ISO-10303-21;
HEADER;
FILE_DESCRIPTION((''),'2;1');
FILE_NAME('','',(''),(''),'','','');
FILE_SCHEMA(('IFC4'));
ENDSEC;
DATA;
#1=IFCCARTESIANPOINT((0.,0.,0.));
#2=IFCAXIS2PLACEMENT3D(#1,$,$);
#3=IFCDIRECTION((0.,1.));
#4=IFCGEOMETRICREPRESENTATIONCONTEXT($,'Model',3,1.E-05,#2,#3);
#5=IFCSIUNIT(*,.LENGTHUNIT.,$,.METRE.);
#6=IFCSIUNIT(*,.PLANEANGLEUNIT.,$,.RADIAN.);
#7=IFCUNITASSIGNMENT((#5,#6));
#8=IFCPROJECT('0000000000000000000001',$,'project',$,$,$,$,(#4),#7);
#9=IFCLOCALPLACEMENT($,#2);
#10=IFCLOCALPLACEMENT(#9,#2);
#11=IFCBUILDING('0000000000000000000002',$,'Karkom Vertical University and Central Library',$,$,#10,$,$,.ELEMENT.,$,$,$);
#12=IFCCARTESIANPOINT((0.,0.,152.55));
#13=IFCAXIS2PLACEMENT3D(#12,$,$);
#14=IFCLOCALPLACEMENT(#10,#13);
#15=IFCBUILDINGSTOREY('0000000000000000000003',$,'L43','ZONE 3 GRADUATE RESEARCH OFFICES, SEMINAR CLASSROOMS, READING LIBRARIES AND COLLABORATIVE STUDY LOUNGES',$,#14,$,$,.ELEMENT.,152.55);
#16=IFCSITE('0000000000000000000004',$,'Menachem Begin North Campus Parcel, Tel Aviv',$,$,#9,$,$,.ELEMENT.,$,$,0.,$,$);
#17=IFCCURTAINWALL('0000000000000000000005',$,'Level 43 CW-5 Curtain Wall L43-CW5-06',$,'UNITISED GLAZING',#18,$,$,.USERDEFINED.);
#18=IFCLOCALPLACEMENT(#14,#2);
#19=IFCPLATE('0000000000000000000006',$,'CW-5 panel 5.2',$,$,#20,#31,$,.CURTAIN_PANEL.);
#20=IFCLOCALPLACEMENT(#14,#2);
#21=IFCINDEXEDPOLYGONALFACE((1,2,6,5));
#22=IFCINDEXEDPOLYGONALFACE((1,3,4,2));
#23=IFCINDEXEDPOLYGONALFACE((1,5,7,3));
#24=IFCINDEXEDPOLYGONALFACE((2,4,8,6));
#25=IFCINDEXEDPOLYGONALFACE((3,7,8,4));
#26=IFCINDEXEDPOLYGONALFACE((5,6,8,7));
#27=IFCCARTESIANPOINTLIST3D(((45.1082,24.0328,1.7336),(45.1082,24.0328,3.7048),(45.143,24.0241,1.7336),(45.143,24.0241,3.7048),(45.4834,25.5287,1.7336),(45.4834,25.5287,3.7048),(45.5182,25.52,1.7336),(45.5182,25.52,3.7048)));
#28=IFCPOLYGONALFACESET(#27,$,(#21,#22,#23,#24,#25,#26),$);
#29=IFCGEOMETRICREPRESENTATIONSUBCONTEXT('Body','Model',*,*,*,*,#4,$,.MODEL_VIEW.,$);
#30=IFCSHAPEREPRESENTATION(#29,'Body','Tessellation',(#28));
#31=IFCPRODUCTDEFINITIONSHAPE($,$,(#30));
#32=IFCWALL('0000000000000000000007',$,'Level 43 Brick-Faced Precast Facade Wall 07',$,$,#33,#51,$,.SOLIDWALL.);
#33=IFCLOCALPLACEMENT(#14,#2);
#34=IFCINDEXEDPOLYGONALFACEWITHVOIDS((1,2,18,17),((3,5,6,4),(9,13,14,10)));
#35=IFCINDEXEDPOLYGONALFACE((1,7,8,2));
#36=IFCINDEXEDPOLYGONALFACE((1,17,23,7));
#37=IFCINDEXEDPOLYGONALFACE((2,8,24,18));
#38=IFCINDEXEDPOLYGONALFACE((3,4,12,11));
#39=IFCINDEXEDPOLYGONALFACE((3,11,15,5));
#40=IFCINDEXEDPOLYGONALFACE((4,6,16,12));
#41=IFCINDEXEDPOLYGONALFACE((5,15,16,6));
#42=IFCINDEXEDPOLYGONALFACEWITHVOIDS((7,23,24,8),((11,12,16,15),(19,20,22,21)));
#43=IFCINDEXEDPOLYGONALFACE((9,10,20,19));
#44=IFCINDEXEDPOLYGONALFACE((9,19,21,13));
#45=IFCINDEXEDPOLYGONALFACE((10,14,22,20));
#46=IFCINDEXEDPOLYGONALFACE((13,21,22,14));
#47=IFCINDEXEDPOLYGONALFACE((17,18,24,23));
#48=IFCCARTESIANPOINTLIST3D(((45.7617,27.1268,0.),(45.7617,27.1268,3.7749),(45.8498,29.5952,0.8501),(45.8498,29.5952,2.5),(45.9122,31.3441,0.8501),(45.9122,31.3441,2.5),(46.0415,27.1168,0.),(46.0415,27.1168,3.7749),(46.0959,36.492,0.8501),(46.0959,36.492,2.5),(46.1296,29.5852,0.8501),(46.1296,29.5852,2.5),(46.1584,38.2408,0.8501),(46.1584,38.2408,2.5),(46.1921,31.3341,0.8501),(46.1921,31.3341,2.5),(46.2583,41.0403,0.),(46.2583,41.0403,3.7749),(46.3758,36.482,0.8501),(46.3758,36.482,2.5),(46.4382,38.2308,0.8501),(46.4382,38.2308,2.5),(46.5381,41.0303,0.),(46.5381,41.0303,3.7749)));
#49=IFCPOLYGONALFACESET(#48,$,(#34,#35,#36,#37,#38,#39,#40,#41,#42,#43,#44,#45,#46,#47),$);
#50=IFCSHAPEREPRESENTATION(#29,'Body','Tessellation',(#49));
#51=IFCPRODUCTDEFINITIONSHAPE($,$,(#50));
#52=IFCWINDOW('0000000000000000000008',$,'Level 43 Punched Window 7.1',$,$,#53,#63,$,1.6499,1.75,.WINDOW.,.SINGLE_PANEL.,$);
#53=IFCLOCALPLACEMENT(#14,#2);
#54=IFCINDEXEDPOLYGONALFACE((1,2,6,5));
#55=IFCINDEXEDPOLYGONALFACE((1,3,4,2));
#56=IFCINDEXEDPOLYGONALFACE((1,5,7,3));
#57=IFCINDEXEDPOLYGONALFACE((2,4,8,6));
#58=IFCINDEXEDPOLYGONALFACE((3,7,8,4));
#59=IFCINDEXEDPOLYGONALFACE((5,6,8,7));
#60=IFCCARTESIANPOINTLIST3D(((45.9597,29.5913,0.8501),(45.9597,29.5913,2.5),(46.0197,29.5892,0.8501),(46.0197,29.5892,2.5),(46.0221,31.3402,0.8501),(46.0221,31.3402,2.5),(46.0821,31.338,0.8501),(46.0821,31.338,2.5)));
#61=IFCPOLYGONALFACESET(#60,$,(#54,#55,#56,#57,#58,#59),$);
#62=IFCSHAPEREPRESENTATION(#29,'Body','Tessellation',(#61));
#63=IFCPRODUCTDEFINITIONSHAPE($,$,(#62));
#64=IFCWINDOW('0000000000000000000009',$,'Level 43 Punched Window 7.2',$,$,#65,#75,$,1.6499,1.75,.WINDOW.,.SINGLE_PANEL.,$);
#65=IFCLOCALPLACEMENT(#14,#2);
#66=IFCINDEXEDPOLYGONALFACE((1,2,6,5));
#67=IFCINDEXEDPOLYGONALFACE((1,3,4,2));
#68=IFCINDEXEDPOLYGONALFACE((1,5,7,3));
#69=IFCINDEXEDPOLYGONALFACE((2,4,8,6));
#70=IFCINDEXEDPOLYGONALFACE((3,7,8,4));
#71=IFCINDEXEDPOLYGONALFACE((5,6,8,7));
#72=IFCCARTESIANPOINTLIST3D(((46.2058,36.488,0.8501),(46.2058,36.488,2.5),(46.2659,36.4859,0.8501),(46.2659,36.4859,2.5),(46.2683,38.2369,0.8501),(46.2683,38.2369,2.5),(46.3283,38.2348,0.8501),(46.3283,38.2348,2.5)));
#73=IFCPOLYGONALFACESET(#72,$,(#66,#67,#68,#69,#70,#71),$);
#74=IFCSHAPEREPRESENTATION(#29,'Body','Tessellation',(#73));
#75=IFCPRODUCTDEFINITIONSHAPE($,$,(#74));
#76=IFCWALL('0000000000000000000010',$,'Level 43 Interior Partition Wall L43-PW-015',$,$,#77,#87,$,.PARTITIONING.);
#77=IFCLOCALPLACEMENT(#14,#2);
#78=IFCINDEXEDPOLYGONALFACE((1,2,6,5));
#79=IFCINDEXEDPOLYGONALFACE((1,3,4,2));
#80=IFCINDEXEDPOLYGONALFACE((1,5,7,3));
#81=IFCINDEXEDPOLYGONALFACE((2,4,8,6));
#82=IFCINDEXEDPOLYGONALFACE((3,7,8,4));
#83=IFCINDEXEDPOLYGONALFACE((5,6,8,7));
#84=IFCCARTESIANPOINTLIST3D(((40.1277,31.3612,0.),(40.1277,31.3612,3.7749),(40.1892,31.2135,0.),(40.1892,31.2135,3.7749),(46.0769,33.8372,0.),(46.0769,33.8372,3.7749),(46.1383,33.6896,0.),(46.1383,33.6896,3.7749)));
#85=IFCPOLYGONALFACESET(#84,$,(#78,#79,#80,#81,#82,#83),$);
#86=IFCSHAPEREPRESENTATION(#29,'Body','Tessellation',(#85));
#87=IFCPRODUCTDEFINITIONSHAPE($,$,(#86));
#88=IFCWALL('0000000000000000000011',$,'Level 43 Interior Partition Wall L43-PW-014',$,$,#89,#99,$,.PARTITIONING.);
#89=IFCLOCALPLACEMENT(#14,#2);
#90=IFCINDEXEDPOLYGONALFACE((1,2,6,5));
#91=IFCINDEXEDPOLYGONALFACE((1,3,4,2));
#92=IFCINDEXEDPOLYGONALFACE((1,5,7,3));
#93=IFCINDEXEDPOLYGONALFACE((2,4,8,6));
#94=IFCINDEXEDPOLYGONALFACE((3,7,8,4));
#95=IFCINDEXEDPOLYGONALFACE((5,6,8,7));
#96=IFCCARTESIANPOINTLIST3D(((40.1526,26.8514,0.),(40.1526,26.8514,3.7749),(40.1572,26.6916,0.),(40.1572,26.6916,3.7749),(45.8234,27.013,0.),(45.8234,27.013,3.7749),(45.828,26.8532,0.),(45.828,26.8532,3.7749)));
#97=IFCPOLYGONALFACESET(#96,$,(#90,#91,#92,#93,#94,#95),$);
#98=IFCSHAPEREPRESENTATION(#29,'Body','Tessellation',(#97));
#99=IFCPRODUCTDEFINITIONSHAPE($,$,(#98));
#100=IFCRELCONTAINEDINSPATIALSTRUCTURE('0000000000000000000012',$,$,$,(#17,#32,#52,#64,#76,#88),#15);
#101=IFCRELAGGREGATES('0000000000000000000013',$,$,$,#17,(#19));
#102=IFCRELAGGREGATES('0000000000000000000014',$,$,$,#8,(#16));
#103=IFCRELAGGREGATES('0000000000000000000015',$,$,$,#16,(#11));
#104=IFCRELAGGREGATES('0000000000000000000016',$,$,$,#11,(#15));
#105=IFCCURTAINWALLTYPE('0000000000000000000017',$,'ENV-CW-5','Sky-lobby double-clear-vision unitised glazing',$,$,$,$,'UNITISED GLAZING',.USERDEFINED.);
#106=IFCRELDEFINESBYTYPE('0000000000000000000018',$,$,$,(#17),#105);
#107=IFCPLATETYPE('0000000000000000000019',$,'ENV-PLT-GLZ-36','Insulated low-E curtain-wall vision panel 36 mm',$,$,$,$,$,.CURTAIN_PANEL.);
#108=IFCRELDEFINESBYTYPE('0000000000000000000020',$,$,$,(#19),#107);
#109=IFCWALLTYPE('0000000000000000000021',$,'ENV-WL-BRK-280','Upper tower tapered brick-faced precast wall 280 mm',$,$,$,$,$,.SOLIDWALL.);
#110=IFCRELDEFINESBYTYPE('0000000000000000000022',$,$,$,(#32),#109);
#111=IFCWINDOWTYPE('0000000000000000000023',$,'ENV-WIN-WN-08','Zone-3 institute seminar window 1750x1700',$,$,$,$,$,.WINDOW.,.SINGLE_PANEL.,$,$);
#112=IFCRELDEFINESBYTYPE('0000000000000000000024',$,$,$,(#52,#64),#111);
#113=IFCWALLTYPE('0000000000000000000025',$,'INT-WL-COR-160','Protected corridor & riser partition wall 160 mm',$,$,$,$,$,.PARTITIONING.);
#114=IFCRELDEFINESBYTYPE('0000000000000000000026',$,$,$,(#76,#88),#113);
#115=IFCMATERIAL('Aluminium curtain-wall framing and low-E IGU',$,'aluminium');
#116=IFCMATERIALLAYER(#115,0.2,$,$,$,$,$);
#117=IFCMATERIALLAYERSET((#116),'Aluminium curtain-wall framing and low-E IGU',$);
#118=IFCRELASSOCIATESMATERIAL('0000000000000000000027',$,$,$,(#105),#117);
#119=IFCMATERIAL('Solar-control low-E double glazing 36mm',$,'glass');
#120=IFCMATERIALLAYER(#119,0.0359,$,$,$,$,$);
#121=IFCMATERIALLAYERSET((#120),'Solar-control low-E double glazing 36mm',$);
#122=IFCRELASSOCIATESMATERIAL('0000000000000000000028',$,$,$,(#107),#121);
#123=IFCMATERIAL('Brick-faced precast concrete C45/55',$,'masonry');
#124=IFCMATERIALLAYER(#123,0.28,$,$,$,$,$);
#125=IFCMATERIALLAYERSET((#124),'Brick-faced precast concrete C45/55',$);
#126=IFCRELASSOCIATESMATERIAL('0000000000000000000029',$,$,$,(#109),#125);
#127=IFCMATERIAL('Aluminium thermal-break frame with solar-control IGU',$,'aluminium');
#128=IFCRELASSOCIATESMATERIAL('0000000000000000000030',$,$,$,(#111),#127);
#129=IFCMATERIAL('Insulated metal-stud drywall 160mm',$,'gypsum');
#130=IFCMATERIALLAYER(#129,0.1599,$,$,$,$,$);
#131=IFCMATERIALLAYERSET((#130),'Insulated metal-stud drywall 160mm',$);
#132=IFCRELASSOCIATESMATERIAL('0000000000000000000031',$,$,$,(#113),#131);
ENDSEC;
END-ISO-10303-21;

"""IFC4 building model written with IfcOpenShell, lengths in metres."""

from ifc_helpers import new_model, si_unit, direction, frame, frame_2d, origin, origin_with_axes, origin_2d, place, context, subcontext, project, spatial, rectangle, extrude, source, transform, mapped, material, layer, layer_set, type_object, element, fill, aggregate, save


model = new_model("IFC4")

# Units and contexts
model_context = context("Model", 3, precision=1e-05, world=origin(), true_north=direction((0.0, 1.0)))
body_context = subcontext(model_context, "Body", "Model", "MODEL_VIEW")
ifc_project = project(units=[si_unit("LENGTHUNIT", "METRE"), si_unit("PLANEANGLEUNIT", "RADIAN")], contexts=[model_context])

# Site, building, storey
site_placement = place(None, origin())
site = spatial("IfcSite", under=ifc_project, at=site_placement, Name="Menachem Begin North Campus Parcel, Tel Aviv", CompositionType="ELEMENT", RefElevation=0.0)
building_placement = place(site_placement, origin())
building = spatial("IfcBuilding", under=site, at=building_placement, Name="Karkom Vertical University and Central Library", CompositionType="ELEMENT")
storey_placement = place(building_placement, frame((0.0, 0.0, 152.55)))
storey = spatial("IfcBuildingStorey", under=building, at=storey_placement, Name="L43", Description="ZONE 3 GRADUATE RESEARCH OFFICES, SEMINAR CLASSROOMS, READING LIBRARIES AND COLLABORATIVE STUDY LOUNGES", CompositionType="ELEMENT", Elevation=152.55)

# Curtain wall, plate
ifc_material_1 = material(Name="Aluminium curtain-wall framing and low-E IGU", Category="aluminium")
ifc_layer_1 = layer(ifc_material_1, 0.2)
ifc_layer_set_1 = layer_set([ifc_layer_1], Name="Aluminium curtain-wall framing and low-E IGU")
curtain_wall_type = type_object("IfcCurtainWallType", Name="ENV-CW-5", Description="Sky-lobby double-clear-vision unitised glazing", ElementType="UNITISED GLAZING", PredefinedType="USERDEFINED", material=ifc_layer_set_1)
curtain_wall_placement = place(storey_placement, origin())
curtain_wall = element("IfcCurtainWall", 1, at=curtain_wall_placement, inside=storey, type_object=curtain_wall_type, Name="Level 43 CW-5 Curtain Wall L43-CW5-06", ObjectType="UNITISED GLAZING", PredefinedType="USERDEFINED")
ifc_material_2 = material(Name="Solar-control low-E double glazing 36mm", Category="glass")
ifc_layer_2 = layer(ifc_material_2, 0.0359)
ifc_layer_set_2 = layer_set([ifc_layer_2], Name="Solar-control low-E double glazing 36mm")
plate_type = type_object("IfcPlateType", Name="ENV-PLT-GLZ-36", Description="Insulated low-E curtain-wall vision panel 36 mm", PredefinedType="CURTAIN_PANEL", material=ifc_layer_set_2)
shared_shape_1 = source(origin_with_axes(), body_context, "Body", "SweptSolid", [
    extrude(rectangle(XDim=1.5422, YDim=0.0359, at=origin_2d()), origin(), (0.0, 0.0, 1.0), 1.9712),
])
plate_1_placement = place(storey_placement, frame((45.3132, 24.7764, 1.7336), z_axis=(0.0, 0.0, 1.0), x_axis=(0.24328, 0.969956, 0.0)))
plate_1 = element("IfcPlate", 2, at=plate_1_placement, type_object=plate_type, Name="CW-5 panel 5.2", PredefinedType="CURTAIN_PANEL", context=body_context, shape_type="MappedRepresentation", body=[
    mapped(shared_shape_1, transform((0.0, 0.0, 0.0), scale=1.0)),
])
aggregate(curtain_wall, [plate_1])

# Wall, openings, windows
ifc_material_3 = material(Name="Brick-faced precast concrete C45/55", Category="masonry")
ifc_layer_3 = layer(ifc_material_3, 0.28)
ifc_layer_set_3 = layer_set([ifc_layer_3], Name="Brick-faced precast concrete C45/55")
wall_type_1 = type_object("IfcWallType", Name="ENV-WL-BRK-280", Description="Upper tower tapered brick-faced precast wall 280 mm", PredefinedType="SOLIDWALL", material=ifc_layer_set_3)
wall_1_placement = place(storey_placement, frame((45.9016, 27.1218, 0.0), z_axis=(0.0, 0.0, 1.0), x_axis=(0.035668, 0.999364, 0.0)))
wall_1 = element("IfcWall", 3, at=wall_1_placement, inside=storey, type_object=wall_type_1, Name="Level 43 Brick-Faced Precast Facade Wall 07", PredefinedType="SOLIDWALL", context=body_context, shape_type="SweptSolid", body=[
    extrude(rectangle(XDim=13.9224, YDim=0.28, at=frame_2d((6.9612, 0.0))), origin(), (0.0, 0.0, 1.0), 3.7749),
])
opening_1_placement = place(wall_1_placement, frame((2.47, 0.0, 0.8501)))
opening_1 = element("IfcOpeningElement", 4, at=opening_1_placement, cuts=wall_1, PredefinedType="OPENING", context=body_context, shape_type="SweptSolid", body=[
    extrude(rectangle(XDim=1.75, YDim=1.6499, at=frame_2d((0.875, 0.825))), frame((0.0, 0.1499, 0.0), z_axis=(0.0, -1.0, 0.0), x_axis=(1.0, 0.0, 0.0)), (0.0, 0.0, 1.0), 0.3),
])
opening_2_placement = place(wall_1_placement, frame((9.3711, 0.0, 0.8501)))
opening_2 = element("IfcOpeningElement", 5, at=opening_2_placement, cuts=wall_1, PredefinedType="OPENING", context=body_context, shape_type="SweptSolid", body=[
    extrude(rectangle(XDim=1.75, YDim=1.6499, at=frame_2d((0.875, 0.825))), frame((0.0, 0.1499, 0.0), z_axis=(0.0, -1.0, 0.0), x_axis=(1.0, 0.0, 0.0)), (0.0, 0.0, 1.0), 0.3),
])
ifc_material_4 = material(Name="Aluminium thermal-break frame with solar-control IGU", Category="aluminium")
window_type = type_object("IfcWindowType", Name="ENV-WIN-WN-08", Description="Zone-3 institute seminar window 1750x1700", PartitioningType="SINGLE_PANEL", PredefinedType="WINDOW", material=ifc_material_4)
shared_shape_2 = source(origin_with_axes(), body_context, "Body", "SweptSolid", [
    extrude(rectangle(XDim=1.75, YDim=1.6499, at=frame_2d((0.875, 0.825))), frame((0.0, 0.03, 0.0), z_axis=(0.0, -1.0, 0.0), x_axis=(1.0, 0.0, 0.0)), (0.0, 0.0, 1.0), 0.0601),
])
window_1_placement = place(opening_1_placement, origin())
window_1 = element("IfcWindow", 6, at=window_1_placement, inside=storey, type_object=window_type, Name="Level 43 Punched Window 7.1", OverallHeight=1.6499, OverallWidth=1.75, PartitioningType="SINGLE_PANEL", PredefinedType="WINDOW", context=body_context, shape_type="MappedRepresentation", body=[
    mapped(shared_shape_2, transform((0.0, 0.0, 0.0), scale=1.0)),
])
fill(opening_1, window_1)
window_2_placement = place(opening_2_placement, origin())
window_2 = element("IfcWindow", 7, at=window_2_placement, inside=storey, type_object=window_type, Name="Level 43 Punched Window 7.2", OverallHeight=1.6499, OverallWidth=1.75, PartitioningType="SINGLE_PANEL", PredefinedType="WINDOW", context=body_context, shape_type="MappedRepresentation", body=[
    mapped(shared_shape_2, transform((0.0, 0.0, 0.0), scale=1.0)),
])
fill(opening_2, window_2)

# Walls
ifc_material_5 = material(Name="Insulated metal-stud drywall 160mm", Category="gypsum")
ifc_layer_4 = layer(ifc_material_5, 0.1599)
ifc_layer_set_4 = layer_set([ifc_layer_4], Name="Insulated metal-stud drywall 160mm")
wall_type_2 = type_object("IfcWallType", Name="INT-WL-COR-160", Description="Protected corridor & riser partition wall 160 mm", PredefinedType="PARTITIONING", material=ifc_layer_set_4)
wall_2_placement = place(storey_placement, frame((40.1584, 31.2874, 0.0), z_axis=(0.0, 0.0, 1.0), x_axis=(0.923229, 0.384249, 0.0)))
element("IfcWall", 8, at=wall_2_placement, inside=storey, type_object=wall_type_2, Name="Level 43 Interior Partition Wall L43-PW-015", PredefinedType="PARTITIONING", context=body_context, shape_type="SweptSolid", body=[
    extrude(rectangle(XDim=6.4438, YDim=0.1599, at=frame_2d((3.2219, 0.0))), origin(), (0.0, 0.0, 1.0), 3.7749),
])
wall_3_placement = place(storey_placement, frame((40.155, 26.7715, 0.0), z_axis=(0.0, 0.0, 1.0), x_axis=(0.999594, 0.028489, 0.0)))
element("IfcWall", 9, at=wall_3_placement, inside=storey, type_object=wall_type_2, Name="Level 43 Interior Partition Wall L43-PW-014", PredefinedType="PARTITIONING", context=body_context, shape_type="SweptSolid", body=[
    extrude(rectangle(XDim=5.6731, YDim=0.1599, at=frame_2d((2.8364, 0.0))), origin(), (0.0, 0.0, 1.0), 3.7749),
])

save(model, "model.ifc")
